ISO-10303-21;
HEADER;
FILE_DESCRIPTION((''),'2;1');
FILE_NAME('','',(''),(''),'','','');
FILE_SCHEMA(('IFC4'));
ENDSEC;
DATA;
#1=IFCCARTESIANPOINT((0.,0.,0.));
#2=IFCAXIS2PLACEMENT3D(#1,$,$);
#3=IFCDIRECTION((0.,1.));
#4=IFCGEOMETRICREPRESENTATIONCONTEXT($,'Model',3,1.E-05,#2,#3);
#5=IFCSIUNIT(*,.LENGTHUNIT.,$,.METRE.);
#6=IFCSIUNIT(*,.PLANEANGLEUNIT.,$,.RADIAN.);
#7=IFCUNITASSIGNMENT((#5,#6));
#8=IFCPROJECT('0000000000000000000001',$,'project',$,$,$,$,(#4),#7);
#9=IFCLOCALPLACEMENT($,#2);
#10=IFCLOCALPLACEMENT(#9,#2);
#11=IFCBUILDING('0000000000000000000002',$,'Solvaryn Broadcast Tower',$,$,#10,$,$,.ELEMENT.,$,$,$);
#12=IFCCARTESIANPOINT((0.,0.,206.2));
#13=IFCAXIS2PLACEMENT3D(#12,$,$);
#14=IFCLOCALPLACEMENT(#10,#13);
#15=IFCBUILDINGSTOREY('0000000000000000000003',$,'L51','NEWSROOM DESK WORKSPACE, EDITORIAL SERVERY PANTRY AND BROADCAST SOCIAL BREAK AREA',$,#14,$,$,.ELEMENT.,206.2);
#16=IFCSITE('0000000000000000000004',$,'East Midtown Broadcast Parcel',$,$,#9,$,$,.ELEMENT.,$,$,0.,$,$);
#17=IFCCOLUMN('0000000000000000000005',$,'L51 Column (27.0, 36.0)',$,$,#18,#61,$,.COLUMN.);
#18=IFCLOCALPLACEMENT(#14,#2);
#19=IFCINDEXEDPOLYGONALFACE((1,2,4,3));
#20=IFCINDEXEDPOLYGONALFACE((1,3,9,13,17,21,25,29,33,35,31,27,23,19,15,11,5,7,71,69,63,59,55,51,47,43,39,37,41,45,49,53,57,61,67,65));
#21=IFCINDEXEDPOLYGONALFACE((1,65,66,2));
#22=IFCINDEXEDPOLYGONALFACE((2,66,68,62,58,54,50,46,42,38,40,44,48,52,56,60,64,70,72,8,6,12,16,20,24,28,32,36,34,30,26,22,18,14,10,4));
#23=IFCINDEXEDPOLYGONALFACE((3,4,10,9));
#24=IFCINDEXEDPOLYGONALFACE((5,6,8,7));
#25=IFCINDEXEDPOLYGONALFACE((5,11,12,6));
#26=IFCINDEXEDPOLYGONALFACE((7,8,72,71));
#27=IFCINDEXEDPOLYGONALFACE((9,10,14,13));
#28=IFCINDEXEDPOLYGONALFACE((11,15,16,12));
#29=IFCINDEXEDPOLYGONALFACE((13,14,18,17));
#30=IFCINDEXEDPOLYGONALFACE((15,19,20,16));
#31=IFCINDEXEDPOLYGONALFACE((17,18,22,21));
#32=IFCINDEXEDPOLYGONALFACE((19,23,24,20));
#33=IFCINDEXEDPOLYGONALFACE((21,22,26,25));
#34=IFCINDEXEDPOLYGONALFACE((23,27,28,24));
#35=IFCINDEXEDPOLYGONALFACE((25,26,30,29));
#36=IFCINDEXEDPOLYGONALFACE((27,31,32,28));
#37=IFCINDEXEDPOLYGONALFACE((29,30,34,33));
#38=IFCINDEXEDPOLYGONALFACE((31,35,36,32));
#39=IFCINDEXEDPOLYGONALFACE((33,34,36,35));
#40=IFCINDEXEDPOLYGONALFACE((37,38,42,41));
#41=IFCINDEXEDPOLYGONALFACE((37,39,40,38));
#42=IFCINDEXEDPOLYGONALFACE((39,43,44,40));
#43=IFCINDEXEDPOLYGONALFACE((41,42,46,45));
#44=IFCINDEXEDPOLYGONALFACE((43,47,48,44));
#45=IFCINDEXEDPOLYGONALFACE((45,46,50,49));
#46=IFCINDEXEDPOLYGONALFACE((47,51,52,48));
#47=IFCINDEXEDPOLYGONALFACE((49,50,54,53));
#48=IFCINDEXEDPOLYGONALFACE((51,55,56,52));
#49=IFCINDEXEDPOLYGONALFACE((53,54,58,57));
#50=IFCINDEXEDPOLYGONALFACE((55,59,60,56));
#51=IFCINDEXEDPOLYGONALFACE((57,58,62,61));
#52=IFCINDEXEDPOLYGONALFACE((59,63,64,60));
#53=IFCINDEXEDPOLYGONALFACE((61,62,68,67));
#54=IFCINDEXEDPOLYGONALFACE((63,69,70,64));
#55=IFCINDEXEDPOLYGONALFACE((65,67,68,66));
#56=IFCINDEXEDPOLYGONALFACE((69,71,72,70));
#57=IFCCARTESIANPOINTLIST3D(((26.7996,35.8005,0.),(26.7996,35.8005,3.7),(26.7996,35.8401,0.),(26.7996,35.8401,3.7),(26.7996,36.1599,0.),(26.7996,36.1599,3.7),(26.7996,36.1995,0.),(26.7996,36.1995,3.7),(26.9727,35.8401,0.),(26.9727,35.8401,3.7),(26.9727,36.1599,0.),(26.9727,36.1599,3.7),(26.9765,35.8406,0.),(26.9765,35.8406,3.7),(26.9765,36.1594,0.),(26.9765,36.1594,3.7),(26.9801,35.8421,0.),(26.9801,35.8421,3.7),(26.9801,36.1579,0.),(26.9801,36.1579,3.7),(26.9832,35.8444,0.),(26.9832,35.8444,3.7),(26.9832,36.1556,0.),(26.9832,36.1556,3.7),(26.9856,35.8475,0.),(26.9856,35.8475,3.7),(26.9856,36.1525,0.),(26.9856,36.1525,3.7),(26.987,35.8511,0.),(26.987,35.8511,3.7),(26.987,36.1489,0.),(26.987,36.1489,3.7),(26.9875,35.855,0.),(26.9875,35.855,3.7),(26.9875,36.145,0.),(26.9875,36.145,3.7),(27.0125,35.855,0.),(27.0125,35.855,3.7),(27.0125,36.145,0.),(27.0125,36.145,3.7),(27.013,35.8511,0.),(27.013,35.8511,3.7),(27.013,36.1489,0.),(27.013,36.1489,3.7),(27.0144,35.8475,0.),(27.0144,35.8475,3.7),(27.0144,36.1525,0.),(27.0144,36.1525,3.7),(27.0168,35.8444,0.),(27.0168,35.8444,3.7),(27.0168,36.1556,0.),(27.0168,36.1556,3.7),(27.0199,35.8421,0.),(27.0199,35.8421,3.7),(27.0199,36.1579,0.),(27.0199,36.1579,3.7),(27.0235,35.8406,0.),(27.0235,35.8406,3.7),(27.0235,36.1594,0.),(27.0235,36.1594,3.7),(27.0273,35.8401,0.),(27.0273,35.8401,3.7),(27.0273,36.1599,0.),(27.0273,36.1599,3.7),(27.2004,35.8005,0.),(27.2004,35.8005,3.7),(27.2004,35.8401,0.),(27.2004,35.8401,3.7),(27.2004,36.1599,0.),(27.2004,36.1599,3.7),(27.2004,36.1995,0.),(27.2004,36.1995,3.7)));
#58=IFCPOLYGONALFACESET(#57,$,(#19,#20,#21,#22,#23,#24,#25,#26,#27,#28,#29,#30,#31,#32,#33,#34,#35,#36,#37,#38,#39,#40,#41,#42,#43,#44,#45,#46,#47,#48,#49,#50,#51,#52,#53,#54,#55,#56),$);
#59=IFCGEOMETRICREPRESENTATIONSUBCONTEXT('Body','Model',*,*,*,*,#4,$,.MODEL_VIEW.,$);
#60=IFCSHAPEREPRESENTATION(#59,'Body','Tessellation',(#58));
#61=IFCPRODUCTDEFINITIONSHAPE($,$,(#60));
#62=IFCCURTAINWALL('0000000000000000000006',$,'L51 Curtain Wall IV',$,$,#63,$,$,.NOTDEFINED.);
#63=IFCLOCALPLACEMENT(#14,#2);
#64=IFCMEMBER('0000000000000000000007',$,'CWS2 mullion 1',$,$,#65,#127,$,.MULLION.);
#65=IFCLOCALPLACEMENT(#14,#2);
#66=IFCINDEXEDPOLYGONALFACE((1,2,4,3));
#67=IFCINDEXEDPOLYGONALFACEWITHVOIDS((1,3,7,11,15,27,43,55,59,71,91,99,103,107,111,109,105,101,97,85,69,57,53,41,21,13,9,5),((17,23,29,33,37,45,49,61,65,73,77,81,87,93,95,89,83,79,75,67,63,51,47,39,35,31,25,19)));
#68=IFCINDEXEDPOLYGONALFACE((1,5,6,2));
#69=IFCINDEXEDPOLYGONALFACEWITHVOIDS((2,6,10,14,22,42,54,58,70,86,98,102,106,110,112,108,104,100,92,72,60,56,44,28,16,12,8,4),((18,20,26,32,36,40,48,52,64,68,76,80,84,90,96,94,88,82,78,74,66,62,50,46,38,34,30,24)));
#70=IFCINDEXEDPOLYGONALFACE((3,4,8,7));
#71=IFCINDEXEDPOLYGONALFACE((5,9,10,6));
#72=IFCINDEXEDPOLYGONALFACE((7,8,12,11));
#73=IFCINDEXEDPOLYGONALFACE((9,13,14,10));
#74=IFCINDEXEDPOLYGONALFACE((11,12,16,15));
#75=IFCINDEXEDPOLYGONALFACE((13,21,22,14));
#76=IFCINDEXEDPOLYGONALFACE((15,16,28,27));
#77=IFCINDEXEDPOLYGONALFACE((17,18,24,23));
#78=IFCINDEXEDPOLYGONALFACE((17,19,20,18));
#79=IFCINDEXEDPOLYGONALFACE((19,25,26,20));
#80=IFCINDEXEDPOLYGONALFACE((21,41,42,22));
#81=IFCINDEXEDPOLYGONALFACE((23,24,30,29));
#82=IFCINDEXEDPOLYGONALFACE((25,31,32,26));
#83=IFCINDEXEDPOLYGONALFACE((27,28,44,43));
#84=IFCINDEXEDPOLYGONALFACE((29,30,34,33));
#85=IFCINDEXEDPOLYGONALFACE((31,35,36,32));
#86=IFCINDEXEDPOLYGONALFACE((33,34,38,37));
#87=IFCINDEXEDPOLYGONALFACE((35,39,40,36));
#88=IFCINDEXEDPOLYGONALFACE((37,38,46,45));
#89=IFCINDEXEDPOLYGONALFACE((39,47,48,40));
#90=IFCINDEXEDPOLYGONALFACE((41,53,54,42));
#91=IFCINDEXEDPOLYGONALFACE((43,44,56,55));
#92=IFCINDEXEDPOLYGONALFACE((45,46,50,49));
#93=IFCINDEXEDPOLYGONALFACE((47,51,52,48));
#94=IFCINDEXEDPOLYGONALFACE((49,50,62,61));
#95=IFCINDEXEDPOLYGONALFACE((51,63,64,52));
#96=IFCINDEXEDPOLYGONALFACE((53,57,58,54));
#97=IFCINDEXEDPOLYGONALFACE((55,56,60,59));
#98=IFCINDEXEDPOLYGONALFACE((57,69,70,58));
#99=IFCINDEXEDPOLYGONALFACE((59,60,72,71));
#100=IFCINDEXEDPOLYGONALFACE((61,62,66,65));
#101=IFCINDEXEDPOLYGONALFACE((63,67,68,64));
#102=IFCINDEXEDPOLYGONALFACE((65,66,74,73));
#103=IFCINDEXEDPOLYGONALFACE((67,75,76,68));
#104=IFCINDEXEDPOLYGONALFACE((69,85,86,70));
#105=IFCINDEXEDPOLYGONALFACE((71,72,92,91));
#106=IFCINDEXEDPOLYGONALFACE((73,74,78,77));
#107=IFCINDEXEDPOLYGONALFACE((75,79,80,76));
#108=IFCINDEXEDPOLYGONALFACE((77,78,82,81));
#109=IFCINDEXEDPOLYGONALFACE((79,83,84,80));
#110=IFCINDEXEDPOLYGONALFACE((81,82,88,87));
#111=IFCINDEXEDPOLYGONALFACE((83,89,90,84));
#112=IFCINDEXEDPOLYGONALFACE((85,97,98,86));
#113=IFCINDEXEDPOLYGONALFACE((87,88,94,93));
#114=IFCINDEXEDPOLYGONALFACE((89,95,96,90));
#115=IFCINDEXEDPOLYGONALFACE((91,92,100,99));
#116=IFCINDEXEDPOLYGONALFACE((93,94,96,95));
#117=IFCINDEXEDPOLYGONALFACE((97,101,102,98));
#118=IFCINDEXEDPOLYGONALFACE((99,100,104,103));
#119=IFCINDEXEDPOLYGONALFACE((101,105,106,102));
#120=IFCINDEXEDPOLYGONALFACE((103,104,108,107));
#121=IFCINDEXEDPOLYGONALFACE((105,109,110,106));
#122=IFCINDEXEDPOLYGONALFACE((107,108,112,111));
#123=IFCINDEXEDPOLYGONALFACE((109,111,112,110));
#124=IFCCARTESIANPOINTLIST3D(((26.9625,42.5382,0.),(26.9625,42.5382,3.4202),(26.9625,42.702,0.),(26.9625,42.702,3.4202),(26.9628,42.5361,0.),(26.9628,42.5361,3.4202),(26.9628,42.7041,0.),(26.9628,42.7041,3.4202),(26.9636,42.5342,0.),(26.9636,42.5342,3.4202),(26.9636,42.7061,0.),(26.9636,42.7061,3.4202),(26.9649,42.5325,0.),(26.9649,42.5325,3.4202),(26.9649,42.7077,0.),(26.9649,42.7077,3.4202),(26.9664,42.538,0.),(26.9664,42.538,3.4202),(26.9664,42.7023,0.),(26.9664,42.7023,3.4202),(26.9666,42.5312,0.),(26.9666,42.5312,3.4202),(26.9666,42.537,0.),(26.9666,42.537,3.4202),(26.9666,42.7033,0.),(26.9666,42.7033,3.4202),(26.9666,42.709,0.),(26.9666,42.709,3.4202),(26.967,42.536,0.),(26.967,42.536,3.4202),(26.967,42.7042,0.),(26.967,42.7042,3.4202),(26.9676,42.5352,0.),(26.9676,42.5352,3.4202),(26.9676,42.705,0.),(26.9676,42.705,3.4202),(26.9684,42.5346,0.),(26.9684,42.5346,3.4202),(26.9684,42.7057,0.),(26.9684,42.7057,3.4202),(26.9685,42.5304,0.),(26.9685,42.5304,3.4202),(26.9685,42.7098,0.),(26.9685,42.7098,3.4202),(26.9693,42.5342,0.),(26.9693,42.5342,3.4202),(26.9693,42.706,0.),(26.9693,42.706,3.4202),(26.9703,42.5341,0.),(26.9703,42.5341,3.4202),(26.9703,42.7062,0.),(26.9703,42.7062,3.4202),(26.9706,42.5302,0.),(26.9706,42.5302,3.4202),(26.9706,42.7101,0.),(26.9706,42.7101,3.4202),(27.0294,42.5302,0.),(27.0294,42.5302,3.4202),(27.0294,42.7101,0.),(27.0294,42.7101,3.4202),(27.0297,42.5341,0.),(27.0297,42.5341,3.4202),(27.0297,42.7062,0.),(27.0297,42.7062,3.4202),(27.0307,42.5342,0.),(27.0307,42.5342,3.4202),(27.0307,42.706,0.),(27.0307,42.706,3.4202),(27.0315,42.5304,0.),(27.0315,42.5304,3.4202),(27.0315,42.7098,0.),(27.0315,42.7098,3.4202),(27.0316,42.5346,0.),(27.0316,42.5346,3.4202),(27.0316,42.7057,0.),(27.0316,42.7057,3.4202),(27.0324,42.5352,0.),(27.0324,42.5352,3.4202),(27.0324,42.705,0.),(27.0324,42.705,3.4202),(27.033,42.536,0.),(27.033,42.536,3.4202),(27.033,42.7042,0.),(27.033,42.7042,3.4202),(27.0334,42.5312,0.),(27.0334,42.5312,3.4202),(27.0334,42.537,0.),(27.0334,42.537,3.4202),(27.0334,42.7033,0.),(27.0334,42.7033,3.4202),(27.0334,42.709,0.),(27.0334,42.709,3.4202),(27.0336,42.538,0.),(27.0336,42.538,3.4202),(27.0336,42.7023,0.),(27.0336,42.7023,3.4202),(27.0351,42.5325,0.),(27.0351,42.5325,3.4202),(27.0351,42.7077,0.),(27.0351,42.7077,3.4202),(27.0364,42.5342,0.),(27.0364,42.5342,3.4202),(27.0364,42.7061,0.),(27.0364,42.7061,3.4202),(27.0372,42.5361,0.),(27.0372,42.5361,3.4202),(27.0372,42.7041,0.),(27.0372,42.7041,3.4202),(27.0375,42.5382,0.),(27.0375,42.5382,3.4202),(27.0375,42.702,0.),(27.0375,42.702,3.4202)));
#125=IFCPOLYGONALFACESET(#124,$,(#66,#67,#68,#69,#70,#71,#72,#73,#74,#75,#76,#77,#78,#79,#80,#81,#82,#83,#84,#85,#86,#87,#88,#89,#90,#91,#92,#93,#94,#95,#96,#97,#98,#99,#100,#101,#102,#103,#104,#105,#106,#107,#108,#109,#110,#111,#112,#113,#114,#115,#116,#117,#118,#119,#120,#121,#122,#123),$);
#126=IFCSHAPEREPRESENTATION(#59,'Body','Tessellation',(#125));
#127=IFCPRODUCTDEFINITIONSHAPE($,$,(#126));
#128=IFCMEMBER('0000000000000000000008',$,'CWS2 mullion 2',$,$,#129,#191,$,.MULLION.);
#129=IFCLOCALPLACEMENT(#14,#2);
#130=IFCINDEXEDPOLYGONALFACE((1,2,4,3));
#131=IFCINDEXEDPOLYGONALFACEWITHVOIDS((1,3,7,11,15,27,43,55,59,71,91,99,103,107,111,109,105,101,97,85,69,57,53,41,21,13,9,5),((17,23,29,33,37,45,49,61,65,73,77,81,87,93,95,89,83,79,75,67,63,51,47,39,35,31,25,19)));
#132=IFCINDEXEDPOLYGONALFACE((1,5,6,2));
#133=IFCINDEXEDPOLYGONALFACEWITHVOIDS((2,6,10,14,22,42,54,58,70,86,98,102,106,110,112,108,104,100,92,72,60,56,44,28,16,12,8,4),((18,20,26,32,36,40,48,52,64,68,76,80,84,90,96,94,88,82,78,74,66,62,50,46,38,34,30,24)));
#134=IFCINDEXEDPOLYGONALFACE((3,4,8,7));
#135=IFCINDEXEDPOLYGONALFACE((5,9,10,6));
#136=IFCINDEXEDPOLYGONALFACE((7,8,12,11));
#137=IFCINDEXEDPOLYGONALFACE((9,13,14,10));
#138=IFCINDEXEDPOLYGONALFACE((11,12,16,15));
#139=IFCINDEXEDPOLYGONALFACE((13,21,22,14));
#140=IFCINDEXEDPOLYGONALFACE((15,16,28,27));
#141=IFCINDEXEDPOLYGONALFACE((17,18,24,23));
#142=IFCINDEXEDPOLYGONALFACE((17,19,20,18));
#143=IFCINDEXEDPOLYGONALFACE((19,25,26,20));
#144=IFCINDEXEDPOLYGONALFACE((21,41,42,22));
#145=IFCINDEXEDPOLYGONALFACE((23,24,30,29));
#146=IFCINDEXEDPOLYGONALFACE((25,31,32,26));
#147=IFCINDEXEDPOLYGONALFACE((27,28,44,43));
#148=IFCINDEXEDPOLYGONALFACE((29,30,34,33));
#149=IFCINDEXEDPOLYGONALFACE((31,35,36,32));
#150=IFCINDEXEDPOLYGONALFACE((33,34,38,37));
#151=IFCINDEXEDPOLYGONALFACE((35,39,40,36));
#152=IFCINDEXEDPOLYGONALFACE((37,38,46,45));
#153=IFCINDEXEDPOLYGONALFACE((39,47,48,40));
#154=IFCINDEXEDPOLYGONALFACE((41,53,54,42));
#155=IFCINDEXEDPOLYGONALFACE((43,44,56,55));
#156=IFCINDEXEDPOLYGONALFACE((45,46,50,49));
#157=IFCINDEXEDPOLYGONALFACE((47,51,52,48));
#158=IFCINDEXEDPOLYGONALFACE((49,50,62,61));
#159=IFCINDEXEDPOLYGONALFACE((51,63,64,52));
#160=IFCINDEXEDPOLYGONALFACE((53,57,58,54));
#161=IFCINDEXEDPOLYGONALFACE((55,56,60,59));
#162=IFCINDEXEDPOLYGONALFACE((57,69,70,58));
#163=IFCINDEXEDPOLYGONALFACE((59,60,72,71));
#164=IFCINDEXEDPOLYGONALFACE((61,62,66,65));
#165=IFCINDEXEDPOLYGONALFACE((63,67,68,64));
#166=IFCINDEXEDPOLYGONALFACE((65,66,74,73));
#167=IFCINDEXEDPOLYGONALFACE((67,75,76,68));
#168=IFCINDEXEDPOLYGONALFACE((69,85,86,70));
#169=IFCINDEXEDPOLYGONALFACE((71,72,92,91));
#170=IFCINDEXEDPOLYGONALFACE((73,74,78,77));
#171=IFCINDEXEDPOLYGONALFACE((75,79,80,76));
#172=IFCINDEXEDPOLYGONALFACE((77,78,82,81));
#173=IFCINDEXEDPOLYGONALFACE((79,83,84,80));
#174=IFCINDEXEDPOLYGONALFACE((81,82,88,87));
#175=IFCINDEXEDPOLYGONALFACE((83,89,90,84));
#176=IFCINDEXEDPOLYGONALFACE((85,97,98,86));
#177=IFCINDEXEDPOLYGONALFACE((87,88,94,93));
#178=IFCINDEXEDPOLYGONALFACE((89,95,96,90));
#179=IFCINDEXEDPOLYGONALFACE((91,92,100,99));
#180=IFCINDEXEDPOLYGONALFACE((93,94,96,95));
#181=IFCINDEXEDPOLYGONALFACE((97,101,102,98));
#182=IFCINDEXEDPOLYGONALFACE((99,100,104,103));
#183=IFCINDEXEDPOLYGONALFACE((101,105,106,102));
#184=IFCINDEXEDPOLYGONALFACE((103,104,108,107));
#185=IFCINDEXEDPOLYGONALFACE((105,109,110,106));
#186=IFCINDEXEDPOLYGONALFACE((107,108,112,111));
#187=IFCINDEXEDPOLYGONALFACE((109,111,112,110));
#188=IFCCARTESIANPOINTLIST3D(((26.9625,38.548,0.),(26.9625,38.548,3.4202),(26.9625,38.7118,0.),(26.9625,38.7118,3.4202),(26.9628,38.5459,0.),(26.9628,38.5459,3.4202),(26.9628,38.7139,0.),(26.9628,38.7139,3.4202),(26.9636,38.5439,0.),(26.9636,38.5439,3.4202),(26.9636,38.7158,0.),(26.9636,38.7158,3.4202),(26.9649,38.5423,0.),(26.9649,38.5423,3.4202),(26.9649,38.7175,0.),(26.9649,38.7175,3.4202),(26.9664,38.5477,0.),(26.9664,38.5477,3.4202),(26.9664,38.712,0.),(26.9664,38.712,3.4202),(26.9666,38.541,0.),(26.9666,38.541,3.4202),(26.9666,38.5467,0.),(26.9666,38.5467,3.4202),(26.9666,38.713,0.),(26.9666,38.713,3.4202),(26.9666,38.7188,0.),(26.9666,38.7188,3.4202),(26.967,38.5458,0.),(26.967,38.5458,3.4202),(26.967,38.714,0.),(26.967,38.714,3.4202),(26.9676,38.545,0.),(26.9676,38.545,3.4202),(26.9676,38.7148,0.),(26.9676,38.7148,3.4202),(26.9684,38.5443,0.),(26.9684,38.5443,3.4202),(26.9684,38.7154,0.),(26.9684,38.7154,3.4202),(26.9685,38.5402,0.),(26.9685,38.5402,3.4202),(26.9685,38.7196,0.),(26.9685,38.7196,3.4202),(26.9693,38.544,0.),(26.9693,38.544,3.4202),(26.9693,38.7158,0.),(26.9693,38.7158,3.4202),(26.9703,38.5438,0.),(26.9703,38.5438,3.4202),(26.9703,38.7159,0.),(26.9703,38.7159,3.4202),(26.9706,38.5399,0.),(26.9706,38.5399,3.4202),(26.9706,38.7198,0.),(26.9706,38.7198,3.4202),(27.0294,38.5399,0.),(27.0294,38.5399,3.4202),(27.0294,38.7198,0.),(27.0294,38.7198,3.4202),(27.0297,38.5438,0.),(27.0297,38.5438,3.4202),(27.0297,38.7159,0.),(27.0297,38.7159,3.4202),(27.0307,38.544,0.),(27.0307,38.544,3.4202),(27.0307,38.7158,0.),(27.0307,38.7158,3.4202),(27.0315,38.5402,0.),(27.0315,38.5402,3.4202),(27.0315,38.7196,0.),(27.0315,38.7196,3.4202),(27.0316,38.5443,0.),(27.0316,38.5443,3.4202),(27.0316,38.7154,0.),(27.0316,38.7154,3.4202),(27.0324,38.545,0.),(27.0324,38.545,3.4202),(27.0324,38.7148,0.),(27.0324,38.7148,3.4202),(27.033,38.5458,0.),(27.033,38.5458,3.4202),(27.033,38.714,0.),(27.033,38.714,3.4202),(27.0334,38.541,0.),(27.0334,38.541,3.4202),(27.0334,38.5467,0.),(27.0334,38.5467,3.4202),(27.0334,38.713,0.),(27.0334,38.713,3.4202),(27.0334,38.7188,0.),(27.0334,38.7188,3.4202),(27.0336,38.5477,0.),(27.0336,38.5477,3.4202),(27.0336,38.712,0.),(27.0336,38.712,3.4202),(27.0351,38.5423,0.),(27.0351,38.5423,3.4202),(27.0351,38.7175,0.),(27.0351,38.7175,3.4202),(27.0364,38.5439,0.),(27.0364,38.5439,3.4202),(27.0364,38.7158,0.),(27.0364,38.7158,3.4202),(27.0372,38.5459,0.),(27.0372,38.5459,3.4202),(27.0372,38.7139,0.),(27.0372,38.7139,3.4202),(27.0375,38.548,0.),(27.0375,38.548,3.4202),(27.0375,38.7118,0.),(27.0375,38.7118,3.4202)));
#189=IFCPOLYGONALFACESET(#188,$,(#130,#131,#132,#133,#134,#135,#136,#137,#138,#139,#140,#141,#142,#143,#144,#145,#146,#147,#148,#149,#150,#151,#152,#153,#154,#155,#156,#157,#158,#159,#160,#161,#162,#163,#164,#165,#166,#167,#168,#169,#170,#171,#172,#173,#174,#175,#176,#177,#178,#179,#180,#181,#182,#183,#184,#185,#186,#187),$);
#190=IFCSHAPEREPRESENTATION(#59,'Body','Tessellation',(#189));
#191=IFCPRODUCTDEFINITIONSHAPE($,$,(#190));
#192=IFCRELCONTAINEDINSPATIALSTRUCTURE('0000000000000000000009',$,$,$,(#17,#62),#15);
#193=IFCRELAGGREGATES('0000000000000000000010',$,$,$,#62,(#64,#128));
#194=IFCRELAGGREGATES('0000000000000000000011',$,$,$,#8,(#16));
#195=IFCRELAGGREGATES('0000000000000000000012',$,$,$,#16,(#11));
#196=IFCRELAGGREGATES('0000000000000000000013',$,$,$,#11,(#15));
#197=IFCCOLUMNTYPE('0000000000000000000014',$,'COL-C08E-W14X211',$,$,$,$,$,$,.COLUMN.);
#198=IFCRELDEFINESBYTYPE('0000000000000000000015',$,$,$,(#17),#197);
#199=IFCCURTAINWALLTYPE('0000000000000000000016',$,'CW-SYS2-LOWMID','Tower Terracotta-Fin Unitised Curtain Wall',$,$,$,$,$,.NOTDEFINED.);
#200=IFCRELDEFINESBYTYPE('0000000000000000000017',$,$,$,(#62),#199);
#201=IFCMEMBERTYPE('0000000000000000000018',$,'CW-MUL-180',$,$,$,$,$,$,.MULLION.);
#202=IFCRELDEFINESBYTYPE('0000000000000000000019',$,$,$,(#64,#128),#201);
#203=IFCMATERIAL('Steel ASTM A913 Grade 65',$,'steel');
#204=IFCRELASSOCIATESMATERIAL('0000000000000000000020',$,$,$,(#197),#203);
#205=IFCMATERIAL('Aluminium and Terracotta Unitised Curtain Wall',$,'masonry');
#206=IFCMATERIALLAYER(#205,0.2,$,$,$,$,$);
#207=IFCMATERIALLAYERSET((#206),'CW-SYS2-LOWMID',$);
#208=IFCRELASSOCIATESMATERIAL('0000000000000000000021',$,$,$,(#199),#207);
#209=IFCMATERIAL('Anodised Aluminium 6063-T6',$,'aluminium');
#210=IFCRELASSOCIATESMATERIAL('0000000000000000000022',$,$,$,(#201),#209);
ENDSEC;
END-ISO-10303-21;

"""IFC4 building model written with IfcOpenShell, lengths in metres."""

from ifc_helpers import new_model, si_unit, direction, frame, origin, origin_2d, place, context, subcontext, project, spatial, hollow_rectangle, i_section, extrude, material, layer, layer_set, material_profile, profile_set, type_object, element, aggregate, save


model = new_model("IFC4")

# Units and contexts
model_context = context("Model", 3, precision=1e-05, world=origin(), true_north=direction((0.0, 1.0)))
body_context = subcontext(model_context, "Body", "Model", "MODEL_VIEW")
ifc_project = project(units=[si_unit("LENGTHUNIT", "METRE"), si_unit("PLANEANGLEUNIT", "RADIAN")], contexts=[model_context])

# Site, building, storey
site_placement = place(None, origin())
site = spatial("IfcSite", under=ifc_project, at=site_placement, Name="East Midtown Broadcast Parcel", CompositionType="ELEMENT", RefElevation=0.0)
building_placement = place(site_placement, origin())
building = spatial("IfcBuilding", under=site, at=building_placement, Name="Solvaryn Broadcast Tower", CompositionType="ELEMENT")
storey_placement = place(building_placement, frame((0.0, 0.0, 206.2)))
storey = spatial("IfcBuildingStorey", under=building, at=storey_placement, Name="L51", Description="NEWSROOM DESK WORKSPACE, EDITORIAL SERVERY PANTRY AND BROADCAST SOCIAL BREAK AREA", CompositionType="ELEMENT", Elevation=206.2)

# Column
ifc_material_1 = material(Name="Steel ASTM A913 Grade 65", Category="steel")
ifc_material_profile_1 = material_profile(ifc_material_1, i_section(OverallWidth=0.4009, OverallDepth=0.3989, WebThickness=0.0249, FlangeThickness=0.0396, FilletRadius=0.0149, at=origin_2d()))
ifc_profile_set_1 = profile_set([ifc_material_profile_1], Name="Steel ASTM A913 Grade 65")
column_type = type_object("IfcColumnType", Name="COL-C08E-W14X211", PredefinedType="COLUMN", material=ifc_profile_set_1)
column_placement = place(storey_placement, frame((27.0, 36.0, 0.0), z_axis=(0.0, 0.0, 1.0), x_axis=(1.0, 0.0, 0.0)))
element("IfcColumn", 1, at=column_placement, inside=storey, type_object=column_type, Name="L51 Column (27.0, 36.0)", PredefinedType="COLUMN", context=body_context, shape_type="SweptSolid", body=[
    extrude(i_section(OverallWidth=0.4009, OverallDepth=0.3989, WebThickness=0.0249, FlangeThickness=0.0396, FilletRadius=0.0149, at=origin_2d()), origin(), (0.0, 0.0, 1.0), 3.7),
])

# Curtain wall, members
ifc_material_2 = material(Name="Aluminium and Terracotta Unitised Curtain Wall", Category="masonry")
ifc_layer_1 = layer(ifc_material_2, 0.2)
ifc_layer_set_1 = layer_set([ifc_layer_1], Name="CW-SYS2-LOWMID")
curtain_wall_type = type_object("IfcCurtainWallType", Name="CW-SYS2-LOWMID", Description="Tower Terracotta-Fin Unitised Curtain Wall", PredefinedType="NOTDEFINED", material=ifc_layer_set_1)
curtain_wall_1_placement = place(storey_placement, origin())
curtain_wall_1 = element("IfcCurtainWall", 2, at=curtain_wall_1_placement, inside=storey, type_object=curtain_wall_type, Name="L51 Curtain Wall IV", PredefinedType="NOTDEFINED")
ifc_material_3 = material(Name="Anodised Aluminium 6063-T6", Category="aluminium")
ifc_material_profile_2 = material_profile(ifc_material_3, hollow_rectangle(XDim=0.075, YDim=0.1799, WallThickness=0.0039, InnerFilletRadius=0.0039, OuterFilletRadius=0.0081, at=origin_2d()))
ifc_profile_set_2 = profile_set([ifc_material_profile_2], Name="Anodised Aluminium 6063-T6")
member_type_1 = type_object("IfcMemberType", Name="CW-MUL-180", PredefinedType="MULLION", material=ifc_profile_set_2)
member_1_placement = place(storey_placement, frame((27.0, 42.6201, 0.0), z_axis=(0.0, 0.0, 1.0), x_axis=(1.0, 0.0, 0.0)))
member_1 = element("IfcMember", 3, at=member_1_placement, type_object=member_type_1, Name="CWS2 mullion 1", PredefinedType="MULLION", context=body_context, shape_type="SweptSolid", body=[
    extrude(hollow_rectangle(XDim=0.075, YDim=0.1799, WallThickness=0.0039, InnerFilletRadius=0.0039, OuterFilletRadius=0.0081, at=origin_2d()), origin(), (0.0, 0.0, 1.0), 3.4202),
])
member_2_placement = place(storey_placement, frame((27.0, 38.6299, 0.0), z_axis=(0.0, 0.0, 1.0), x_axis=(1.0, 0.0, 0.0)))
member_2 = element("IfcMember", 4, at=member_2_placement, type_object=member_type_1, Name="CWS2 mullion 2", PredefinedType="MULLION", context=body_context, shape_type="SweptSolid", body=[
    extrude(hollow_rectangle(XDim=0.075, YDim=0.1799, WallThickness=0.0039, InnerFilletRadius=0.0039, OuterFilletRadius=0.0081, at=origin_2d()), origin(), (0.0, 0.0, 1.0), 3.4202),
])

aggregate(curtain_wall_1, [member_1, member_2])

save(model, "model.ifc")
